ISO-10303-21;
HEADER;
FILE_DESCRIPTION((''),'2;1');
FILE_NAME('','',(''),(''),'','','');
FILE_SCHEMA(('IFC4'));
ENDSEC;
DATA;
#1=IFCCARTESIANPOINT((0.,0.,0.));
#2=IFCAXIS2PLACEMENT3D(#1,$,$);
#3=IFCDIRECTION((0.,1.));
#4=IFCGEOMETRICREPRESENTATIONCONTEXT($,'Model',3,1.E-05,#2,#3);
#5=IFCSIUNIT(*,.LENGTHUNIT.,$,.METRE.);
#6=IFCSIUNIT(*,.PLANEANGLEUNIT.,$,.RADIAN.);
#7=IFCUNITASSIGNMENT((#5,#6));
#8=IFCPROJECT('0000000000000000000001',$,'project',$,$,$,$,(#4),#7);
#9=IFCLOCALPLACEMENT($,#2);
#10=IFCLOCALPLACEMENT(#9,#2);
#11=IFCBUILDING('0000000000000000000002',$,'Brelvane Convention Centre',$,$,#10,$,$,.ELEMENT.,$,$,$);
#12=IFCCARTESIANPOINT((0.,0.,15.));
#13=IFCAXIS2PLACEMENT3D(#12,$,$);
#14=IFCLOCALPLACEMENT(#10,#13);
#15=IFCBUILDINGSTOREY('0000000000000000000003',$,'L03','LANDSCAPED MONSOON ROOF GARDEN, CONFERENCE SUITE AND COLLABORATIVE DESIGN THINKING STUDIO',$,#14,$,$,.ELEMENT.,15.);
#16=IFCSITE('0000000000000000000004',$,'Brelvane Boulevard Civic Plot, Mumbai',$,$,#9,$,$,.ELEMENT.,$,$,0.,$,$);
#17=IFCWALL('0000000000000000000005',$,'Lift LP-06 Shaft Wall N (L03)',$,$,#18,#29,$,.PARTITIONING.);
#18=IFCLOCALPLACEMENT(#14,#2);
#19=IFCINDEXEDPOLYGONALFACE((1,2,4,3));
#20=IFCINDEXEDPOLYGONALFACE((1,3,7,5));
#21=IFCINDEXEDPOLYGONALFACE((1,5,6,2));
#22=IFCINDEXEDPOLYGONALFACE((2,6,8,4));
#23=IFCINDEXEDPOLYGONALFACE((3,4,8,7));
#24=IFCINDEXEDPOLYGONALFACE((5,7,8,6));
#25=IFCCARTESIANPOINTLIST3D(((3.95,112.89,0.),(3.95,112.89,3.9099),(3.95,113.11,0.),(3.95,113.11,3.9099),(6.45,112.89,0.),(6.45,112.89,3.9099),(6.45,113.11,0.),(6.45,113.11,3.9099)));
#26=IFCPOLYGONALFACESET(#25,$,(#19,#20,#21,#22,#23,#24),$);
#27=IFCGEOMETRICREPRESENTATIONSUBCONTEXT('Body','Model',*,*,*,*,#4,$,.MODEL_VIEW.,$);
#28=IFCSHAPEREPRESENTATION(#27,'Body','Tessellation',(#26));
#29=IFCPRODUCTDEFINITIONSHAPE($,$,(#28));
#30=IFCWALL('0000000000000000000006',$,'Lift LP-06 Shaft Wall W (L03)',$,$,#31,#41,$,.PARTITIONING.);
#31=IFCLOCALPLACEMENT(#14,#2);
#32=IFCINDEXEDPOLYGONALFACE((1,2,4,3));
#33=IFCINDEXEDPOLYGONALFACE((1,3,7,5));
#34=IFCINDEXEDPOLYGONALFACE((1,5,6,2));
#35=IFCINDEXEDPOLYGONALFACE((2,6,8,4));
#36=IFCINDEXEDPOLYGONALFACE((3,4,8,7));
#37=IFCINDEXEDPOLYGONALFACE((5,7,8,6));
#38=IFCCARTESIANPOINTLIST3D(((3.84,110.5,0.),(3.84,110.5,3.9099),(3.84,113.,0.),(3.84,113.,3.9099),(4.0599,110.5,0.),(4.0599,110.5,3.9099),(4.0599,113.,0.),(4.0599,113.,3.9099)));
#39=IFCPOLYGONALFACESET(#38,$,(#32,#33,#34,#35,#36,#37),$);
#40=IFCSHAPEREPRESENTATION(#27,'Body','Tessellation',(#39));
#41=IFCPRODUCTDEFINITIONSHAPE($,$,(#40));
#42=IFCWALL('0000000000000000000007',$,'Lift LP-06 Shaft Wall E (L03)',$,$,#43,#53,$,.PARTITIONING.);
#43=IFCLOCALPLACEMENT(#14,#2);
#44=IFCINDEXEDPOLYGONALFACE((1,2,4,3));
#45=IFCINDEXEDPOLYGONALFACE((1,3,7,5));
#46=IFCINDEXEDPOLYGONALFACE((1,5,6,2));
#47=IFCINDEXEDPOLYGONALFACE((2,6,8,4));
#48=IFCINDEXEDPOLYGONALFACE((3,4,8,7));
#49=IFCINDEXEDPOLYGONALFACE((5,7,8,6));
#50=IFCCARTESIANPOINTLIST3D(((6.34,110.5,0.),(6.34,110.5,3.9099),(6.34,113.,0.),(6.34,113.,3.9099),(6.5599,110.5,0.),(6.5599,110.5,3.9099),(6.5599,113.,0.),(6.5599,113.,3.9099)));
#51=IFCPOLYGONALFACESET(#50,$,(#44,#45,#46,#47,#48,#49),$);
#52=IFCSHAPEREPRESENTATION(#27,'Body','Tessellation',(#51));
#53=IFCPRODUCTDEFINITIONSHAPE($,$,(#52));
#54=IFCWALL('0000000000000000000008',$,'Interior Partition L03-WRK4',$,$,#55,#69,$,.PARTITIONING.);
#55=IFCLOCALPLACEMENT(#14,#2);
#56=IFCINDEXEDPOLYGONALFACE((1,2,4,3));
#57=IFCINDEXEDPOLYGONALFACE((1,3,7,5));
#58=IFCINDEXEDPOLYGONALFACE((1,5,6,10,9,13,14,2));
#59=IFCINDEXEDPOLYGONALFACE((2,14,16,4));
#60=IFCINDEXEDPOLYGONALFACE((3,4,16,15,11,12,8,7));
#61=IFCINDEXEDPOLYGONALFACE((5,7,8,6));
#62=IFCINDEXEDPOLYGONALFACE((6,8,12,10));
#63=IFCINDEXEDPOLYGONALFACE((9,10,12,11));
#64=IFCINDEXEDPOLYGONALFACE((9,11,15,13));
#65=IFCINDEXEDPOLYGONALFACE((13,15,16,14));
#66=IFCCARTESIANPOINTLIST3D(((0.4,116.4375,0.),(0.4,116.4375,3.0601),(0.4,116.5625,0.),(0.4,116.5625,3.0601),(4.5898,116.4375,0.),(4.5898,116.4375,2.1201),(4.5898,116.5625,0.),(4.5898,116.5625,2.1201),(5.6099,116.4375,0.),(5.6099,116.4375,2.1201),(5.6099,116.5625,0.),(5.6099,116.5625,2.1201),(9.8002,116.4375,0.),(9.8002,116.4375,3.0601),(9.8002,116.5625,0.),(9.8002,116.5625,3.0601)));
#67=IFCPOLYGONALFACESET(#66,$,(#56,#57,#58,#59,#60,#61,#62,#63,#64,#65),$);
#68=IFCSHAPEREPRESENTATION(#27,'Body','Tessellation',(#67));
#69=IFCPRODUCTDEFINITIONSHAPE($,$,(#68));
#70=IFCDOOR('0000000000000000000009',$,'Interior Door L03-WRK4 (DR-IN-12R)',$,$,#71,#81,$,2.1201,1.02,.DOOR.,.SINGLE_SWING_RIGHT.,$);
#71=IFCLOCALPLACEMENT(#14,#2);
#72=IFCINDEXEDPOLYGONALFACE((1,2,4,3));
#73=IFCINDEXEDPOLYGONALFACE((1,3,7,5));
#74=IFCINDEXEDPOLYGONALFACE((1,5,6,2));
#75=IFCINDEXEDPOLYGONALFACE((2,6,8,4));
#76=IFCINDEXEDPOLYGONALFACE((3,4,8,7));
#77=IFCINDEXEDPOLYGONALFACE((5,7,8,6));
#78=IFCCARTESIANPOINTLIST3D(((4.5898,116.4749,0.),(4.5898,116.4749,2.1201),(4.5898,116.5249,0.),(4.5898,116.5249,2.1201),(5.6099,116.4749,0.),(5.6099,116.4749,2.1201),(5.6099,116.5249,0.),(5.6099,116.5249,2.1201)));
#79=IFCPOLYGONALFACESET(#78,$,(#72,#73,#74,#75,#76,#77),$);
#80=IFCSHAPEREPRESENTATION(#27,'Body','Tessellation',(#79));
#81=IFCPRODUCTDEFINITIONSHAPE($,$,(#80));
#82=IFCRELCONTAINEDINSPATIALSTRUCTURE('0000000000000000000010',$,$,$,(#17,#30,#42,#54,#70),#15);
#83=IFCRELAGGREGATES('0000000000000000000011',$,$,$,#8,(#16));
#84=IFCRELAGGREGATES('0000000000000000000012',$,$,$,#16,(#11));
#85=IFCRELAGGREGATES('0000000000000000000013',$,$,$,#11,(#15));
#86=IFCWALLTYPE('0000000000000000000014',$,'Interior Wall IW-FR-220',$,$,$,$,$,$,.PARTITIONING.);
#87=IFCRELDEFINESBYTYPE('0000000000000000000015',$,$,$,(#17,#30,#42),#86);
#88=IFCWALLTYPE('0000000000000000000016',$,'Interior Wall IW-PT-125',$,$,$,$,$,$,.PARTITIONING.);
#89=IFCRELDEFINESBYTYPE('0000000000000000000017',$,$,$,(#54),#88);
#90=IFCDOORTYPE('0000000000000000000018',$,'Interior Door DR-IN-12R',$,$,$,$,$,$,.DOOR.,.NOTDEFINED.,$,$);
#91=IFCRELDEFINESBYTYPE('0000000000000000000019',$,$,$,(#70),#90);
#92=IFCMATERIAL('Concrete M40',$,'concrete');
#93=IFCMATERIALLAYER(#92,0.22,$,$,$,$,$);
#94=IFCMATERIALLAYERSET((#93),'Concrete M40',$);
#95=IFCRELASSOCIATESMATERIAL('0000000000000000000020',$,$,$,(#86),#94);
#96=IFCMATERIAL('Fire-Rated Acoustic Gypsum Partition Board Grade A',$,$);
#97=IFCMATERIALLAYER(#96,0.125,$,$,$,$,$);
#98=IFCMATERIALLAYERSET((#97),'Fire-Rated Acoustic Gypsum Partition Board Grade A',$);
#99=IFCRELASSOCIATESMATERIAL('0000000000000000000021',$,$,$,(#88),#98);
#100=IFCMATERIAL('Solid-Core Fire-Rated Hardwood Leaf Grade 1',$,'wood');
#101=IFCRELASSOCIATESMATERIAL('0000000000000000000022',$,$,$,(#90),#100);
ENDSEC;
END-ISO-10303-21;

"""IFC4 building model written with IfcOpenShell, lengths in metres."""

from ifc_helpers import new_model, si_unit, direction, frame, frame_2d, origin, place, context, subcontext, project, spatial, rectangle, extrude, material, layer, layer_set, type_object, element, fill, save


model = new_model("IFC4")

# Units and contexts
model_context = context("Model", 3, precision=1e-05, world=origin(), true_north=direction((0.0, 1.0)))
body_context = subcontext(model_context, "Body", "Model", "MODEL_VIEW")
ifc_project = project(units=[si_unit("LENGTHUNIT", "METRE"), si_unit("PLANEANGLEUNIT", "RADIAN")], contexts=[model_context])

# Site, building, storey
site_placement = place(None, origin())
site = spatial("IfcSite", under=ifc_project, at=site_placement, Name="Brelvane Boulevard Civic Plot, Mumbai", CompositionType="ELEMENT", RefElevation=0.0)
building_placement = place(site_placement, origin())
building = spatial("IfcBuilding", under=site, at=building_placement, Name="Brelvane Convention Centre", CompositionType="ELEMENT")
storey_placement = place(building_placement, frame((0.0, 0.0, 15.0)))
storey = spatial("IfcBuildingStorey", under=building, at=storey_placement, Name="L03", Description="LANDSCAPED MONSOON ROOF GARDEN, CONFERENCE SUITE AND COLLABORATIVE DESIGN THINKING STUDIO", CompositionType="ELEMENT", Elevation=15.0)

# Shared definitions
ifc_material_1 = material(Name="Concrete M40", Category="concrete")
ifc_layer_1 = layer(ifc_material_1, 0.22)
ifc_layer_set_1 = layer_set([ifc_layer_1], Name="Concrete M40")
wall_type_1 = type_object("IfcWallType", Name="Interior Wall IW-FR-220", PredefinedType="PARTITIONING", material=ifc_layer_set_1)

# Walls
for number, where, z_axis, x_axis, name in (
    (1, (3.95, 113.0, 0.0), (0.0, 0.0, 1.0), (1.0, 0.0, 0.0), "Lift LP-06 Shaft Wall N (L03)"),
    (2, (3.95, 110.5, 0.0), (0.0, 0.0, 1.0), (0.0, 1.0, 0.0), "Lift LP-06 Shaft Wall W (L03)"),
    (3, (6.45, 110.5, 0.0), (0.0, 0.0, 1.0), (0.0, 1.0, 0.0), "Lift LP-06 Shaft Wall E (L03)"),
):
    element("IfcWall", number, at=place(storey_placement, frame(where, z_axis=z_axis, x_axis=x_axis)), inside=storey, type_object=wall_type_1, Name=name, PredefinedType="PARTITIONING", context=body_context, shape_type="SweptSolid", body=[
        extrude(rectangle(XDim=2.5, YDim=0.22, at=frame_2d((1.25, 0.0))), origin(), (0.0, 0.0, 1.0), 3.9099),
    ])

# Wall, opening, door
ifc_material_2 = material(Name="Fire-Rated Acoustic Gypsum Partition Board Grade A")
ifc_layer_2 = layer(ifc_material_2, 0.125)
ifc_layer_set_2 = layer_set([ifc_layer_2], Name="Fire-Rated Acoustic Gypsum Partition Board Grade A")
wall_type_2 = type_object("IfcWallType", Name="Interior Wall IW-PT-125", PredefinedType="PARTITIONING", material=ifc_layer_set_2)
wall_1_placement = place(storey_placement, frame((0.3999, 116.5, 0.0), z_axis=(0.0, 0.0, 1.0), x_axis=(1.0, 0.0, 0.0)))
wall_1 = element("IfcWall", 4, at=wall_1_placement, inside=storey, type_object=wall_type_2, Name="Interior Partition L03-WRK4", PredefinedType="PARTITIONING", context=body_context, shape_type="SweptSolid", body=[
    extrude(rectangle(XDim=9.4001, YDim=0.125, at=frame_2d((4.7002, 0.0))), origin(), (0.0, 0.0, 1.0), 3.0601),
])
opening_1_placement = place(wall_1_placement, frame((4.1899, 0.0, 0.0)))
opening_1 = element("IfcOpeningElement", 5, at=opening_1_placement, cuts=wall_1, PredefinedType="OPENING", context=body_context, shape_type="SweptSolid", body=[
    extrude(rectangle(XDim=1.02, YDim=2.1201, at=frame_2d((0.51, 1.0601))), frame((0.0, 0.0725, 0.0), z_axis=(0.0, -1.0, 0.0), x_axis=(1.0, 0.0, 0.0)), (0.0, 0.0, 1.0), 0.145),
])
ifc_material_3 = material(Name="Solid-Core Fire-Rated Hardwood Leaf Grade 1", Category="wood")
door_type_1 = type_object("IfcDoorType", Name="Interior Door DR-IN-12R", OperationType="NOTDEFINED", PredefinedType="DOOR", material=ifc_material_3)
door_1_placement = place(opening_1_placement, origin())
door_1 = element("IfcDoor", 6, at=door_1_placement, inside=storey, type_object=door_type_1, Name="Interior Door L03-WRK4 (DR-IN-12R)", OperationType="SINGLE_SWING_RIGHT", OverallHeight=2.1201, OverallWidth=1.02, PredefinedType="DOOR", context=body_context, shape_type="SweptSolid", body=[
    extrude(rectangle(XDim=1.02, YDim=2.1201, at=frame_2d((0.51, 1.0601))), frame((0.0, 0.0249, 0.0), z_axis=(0.0, -1.0, 0.0), x_axis=(1.0, 0.0, 0.0)), (0.0, 0.0, 1.0), 0.05),
])
fill(opening_1, door_1)

save(model, "model.ifc")
